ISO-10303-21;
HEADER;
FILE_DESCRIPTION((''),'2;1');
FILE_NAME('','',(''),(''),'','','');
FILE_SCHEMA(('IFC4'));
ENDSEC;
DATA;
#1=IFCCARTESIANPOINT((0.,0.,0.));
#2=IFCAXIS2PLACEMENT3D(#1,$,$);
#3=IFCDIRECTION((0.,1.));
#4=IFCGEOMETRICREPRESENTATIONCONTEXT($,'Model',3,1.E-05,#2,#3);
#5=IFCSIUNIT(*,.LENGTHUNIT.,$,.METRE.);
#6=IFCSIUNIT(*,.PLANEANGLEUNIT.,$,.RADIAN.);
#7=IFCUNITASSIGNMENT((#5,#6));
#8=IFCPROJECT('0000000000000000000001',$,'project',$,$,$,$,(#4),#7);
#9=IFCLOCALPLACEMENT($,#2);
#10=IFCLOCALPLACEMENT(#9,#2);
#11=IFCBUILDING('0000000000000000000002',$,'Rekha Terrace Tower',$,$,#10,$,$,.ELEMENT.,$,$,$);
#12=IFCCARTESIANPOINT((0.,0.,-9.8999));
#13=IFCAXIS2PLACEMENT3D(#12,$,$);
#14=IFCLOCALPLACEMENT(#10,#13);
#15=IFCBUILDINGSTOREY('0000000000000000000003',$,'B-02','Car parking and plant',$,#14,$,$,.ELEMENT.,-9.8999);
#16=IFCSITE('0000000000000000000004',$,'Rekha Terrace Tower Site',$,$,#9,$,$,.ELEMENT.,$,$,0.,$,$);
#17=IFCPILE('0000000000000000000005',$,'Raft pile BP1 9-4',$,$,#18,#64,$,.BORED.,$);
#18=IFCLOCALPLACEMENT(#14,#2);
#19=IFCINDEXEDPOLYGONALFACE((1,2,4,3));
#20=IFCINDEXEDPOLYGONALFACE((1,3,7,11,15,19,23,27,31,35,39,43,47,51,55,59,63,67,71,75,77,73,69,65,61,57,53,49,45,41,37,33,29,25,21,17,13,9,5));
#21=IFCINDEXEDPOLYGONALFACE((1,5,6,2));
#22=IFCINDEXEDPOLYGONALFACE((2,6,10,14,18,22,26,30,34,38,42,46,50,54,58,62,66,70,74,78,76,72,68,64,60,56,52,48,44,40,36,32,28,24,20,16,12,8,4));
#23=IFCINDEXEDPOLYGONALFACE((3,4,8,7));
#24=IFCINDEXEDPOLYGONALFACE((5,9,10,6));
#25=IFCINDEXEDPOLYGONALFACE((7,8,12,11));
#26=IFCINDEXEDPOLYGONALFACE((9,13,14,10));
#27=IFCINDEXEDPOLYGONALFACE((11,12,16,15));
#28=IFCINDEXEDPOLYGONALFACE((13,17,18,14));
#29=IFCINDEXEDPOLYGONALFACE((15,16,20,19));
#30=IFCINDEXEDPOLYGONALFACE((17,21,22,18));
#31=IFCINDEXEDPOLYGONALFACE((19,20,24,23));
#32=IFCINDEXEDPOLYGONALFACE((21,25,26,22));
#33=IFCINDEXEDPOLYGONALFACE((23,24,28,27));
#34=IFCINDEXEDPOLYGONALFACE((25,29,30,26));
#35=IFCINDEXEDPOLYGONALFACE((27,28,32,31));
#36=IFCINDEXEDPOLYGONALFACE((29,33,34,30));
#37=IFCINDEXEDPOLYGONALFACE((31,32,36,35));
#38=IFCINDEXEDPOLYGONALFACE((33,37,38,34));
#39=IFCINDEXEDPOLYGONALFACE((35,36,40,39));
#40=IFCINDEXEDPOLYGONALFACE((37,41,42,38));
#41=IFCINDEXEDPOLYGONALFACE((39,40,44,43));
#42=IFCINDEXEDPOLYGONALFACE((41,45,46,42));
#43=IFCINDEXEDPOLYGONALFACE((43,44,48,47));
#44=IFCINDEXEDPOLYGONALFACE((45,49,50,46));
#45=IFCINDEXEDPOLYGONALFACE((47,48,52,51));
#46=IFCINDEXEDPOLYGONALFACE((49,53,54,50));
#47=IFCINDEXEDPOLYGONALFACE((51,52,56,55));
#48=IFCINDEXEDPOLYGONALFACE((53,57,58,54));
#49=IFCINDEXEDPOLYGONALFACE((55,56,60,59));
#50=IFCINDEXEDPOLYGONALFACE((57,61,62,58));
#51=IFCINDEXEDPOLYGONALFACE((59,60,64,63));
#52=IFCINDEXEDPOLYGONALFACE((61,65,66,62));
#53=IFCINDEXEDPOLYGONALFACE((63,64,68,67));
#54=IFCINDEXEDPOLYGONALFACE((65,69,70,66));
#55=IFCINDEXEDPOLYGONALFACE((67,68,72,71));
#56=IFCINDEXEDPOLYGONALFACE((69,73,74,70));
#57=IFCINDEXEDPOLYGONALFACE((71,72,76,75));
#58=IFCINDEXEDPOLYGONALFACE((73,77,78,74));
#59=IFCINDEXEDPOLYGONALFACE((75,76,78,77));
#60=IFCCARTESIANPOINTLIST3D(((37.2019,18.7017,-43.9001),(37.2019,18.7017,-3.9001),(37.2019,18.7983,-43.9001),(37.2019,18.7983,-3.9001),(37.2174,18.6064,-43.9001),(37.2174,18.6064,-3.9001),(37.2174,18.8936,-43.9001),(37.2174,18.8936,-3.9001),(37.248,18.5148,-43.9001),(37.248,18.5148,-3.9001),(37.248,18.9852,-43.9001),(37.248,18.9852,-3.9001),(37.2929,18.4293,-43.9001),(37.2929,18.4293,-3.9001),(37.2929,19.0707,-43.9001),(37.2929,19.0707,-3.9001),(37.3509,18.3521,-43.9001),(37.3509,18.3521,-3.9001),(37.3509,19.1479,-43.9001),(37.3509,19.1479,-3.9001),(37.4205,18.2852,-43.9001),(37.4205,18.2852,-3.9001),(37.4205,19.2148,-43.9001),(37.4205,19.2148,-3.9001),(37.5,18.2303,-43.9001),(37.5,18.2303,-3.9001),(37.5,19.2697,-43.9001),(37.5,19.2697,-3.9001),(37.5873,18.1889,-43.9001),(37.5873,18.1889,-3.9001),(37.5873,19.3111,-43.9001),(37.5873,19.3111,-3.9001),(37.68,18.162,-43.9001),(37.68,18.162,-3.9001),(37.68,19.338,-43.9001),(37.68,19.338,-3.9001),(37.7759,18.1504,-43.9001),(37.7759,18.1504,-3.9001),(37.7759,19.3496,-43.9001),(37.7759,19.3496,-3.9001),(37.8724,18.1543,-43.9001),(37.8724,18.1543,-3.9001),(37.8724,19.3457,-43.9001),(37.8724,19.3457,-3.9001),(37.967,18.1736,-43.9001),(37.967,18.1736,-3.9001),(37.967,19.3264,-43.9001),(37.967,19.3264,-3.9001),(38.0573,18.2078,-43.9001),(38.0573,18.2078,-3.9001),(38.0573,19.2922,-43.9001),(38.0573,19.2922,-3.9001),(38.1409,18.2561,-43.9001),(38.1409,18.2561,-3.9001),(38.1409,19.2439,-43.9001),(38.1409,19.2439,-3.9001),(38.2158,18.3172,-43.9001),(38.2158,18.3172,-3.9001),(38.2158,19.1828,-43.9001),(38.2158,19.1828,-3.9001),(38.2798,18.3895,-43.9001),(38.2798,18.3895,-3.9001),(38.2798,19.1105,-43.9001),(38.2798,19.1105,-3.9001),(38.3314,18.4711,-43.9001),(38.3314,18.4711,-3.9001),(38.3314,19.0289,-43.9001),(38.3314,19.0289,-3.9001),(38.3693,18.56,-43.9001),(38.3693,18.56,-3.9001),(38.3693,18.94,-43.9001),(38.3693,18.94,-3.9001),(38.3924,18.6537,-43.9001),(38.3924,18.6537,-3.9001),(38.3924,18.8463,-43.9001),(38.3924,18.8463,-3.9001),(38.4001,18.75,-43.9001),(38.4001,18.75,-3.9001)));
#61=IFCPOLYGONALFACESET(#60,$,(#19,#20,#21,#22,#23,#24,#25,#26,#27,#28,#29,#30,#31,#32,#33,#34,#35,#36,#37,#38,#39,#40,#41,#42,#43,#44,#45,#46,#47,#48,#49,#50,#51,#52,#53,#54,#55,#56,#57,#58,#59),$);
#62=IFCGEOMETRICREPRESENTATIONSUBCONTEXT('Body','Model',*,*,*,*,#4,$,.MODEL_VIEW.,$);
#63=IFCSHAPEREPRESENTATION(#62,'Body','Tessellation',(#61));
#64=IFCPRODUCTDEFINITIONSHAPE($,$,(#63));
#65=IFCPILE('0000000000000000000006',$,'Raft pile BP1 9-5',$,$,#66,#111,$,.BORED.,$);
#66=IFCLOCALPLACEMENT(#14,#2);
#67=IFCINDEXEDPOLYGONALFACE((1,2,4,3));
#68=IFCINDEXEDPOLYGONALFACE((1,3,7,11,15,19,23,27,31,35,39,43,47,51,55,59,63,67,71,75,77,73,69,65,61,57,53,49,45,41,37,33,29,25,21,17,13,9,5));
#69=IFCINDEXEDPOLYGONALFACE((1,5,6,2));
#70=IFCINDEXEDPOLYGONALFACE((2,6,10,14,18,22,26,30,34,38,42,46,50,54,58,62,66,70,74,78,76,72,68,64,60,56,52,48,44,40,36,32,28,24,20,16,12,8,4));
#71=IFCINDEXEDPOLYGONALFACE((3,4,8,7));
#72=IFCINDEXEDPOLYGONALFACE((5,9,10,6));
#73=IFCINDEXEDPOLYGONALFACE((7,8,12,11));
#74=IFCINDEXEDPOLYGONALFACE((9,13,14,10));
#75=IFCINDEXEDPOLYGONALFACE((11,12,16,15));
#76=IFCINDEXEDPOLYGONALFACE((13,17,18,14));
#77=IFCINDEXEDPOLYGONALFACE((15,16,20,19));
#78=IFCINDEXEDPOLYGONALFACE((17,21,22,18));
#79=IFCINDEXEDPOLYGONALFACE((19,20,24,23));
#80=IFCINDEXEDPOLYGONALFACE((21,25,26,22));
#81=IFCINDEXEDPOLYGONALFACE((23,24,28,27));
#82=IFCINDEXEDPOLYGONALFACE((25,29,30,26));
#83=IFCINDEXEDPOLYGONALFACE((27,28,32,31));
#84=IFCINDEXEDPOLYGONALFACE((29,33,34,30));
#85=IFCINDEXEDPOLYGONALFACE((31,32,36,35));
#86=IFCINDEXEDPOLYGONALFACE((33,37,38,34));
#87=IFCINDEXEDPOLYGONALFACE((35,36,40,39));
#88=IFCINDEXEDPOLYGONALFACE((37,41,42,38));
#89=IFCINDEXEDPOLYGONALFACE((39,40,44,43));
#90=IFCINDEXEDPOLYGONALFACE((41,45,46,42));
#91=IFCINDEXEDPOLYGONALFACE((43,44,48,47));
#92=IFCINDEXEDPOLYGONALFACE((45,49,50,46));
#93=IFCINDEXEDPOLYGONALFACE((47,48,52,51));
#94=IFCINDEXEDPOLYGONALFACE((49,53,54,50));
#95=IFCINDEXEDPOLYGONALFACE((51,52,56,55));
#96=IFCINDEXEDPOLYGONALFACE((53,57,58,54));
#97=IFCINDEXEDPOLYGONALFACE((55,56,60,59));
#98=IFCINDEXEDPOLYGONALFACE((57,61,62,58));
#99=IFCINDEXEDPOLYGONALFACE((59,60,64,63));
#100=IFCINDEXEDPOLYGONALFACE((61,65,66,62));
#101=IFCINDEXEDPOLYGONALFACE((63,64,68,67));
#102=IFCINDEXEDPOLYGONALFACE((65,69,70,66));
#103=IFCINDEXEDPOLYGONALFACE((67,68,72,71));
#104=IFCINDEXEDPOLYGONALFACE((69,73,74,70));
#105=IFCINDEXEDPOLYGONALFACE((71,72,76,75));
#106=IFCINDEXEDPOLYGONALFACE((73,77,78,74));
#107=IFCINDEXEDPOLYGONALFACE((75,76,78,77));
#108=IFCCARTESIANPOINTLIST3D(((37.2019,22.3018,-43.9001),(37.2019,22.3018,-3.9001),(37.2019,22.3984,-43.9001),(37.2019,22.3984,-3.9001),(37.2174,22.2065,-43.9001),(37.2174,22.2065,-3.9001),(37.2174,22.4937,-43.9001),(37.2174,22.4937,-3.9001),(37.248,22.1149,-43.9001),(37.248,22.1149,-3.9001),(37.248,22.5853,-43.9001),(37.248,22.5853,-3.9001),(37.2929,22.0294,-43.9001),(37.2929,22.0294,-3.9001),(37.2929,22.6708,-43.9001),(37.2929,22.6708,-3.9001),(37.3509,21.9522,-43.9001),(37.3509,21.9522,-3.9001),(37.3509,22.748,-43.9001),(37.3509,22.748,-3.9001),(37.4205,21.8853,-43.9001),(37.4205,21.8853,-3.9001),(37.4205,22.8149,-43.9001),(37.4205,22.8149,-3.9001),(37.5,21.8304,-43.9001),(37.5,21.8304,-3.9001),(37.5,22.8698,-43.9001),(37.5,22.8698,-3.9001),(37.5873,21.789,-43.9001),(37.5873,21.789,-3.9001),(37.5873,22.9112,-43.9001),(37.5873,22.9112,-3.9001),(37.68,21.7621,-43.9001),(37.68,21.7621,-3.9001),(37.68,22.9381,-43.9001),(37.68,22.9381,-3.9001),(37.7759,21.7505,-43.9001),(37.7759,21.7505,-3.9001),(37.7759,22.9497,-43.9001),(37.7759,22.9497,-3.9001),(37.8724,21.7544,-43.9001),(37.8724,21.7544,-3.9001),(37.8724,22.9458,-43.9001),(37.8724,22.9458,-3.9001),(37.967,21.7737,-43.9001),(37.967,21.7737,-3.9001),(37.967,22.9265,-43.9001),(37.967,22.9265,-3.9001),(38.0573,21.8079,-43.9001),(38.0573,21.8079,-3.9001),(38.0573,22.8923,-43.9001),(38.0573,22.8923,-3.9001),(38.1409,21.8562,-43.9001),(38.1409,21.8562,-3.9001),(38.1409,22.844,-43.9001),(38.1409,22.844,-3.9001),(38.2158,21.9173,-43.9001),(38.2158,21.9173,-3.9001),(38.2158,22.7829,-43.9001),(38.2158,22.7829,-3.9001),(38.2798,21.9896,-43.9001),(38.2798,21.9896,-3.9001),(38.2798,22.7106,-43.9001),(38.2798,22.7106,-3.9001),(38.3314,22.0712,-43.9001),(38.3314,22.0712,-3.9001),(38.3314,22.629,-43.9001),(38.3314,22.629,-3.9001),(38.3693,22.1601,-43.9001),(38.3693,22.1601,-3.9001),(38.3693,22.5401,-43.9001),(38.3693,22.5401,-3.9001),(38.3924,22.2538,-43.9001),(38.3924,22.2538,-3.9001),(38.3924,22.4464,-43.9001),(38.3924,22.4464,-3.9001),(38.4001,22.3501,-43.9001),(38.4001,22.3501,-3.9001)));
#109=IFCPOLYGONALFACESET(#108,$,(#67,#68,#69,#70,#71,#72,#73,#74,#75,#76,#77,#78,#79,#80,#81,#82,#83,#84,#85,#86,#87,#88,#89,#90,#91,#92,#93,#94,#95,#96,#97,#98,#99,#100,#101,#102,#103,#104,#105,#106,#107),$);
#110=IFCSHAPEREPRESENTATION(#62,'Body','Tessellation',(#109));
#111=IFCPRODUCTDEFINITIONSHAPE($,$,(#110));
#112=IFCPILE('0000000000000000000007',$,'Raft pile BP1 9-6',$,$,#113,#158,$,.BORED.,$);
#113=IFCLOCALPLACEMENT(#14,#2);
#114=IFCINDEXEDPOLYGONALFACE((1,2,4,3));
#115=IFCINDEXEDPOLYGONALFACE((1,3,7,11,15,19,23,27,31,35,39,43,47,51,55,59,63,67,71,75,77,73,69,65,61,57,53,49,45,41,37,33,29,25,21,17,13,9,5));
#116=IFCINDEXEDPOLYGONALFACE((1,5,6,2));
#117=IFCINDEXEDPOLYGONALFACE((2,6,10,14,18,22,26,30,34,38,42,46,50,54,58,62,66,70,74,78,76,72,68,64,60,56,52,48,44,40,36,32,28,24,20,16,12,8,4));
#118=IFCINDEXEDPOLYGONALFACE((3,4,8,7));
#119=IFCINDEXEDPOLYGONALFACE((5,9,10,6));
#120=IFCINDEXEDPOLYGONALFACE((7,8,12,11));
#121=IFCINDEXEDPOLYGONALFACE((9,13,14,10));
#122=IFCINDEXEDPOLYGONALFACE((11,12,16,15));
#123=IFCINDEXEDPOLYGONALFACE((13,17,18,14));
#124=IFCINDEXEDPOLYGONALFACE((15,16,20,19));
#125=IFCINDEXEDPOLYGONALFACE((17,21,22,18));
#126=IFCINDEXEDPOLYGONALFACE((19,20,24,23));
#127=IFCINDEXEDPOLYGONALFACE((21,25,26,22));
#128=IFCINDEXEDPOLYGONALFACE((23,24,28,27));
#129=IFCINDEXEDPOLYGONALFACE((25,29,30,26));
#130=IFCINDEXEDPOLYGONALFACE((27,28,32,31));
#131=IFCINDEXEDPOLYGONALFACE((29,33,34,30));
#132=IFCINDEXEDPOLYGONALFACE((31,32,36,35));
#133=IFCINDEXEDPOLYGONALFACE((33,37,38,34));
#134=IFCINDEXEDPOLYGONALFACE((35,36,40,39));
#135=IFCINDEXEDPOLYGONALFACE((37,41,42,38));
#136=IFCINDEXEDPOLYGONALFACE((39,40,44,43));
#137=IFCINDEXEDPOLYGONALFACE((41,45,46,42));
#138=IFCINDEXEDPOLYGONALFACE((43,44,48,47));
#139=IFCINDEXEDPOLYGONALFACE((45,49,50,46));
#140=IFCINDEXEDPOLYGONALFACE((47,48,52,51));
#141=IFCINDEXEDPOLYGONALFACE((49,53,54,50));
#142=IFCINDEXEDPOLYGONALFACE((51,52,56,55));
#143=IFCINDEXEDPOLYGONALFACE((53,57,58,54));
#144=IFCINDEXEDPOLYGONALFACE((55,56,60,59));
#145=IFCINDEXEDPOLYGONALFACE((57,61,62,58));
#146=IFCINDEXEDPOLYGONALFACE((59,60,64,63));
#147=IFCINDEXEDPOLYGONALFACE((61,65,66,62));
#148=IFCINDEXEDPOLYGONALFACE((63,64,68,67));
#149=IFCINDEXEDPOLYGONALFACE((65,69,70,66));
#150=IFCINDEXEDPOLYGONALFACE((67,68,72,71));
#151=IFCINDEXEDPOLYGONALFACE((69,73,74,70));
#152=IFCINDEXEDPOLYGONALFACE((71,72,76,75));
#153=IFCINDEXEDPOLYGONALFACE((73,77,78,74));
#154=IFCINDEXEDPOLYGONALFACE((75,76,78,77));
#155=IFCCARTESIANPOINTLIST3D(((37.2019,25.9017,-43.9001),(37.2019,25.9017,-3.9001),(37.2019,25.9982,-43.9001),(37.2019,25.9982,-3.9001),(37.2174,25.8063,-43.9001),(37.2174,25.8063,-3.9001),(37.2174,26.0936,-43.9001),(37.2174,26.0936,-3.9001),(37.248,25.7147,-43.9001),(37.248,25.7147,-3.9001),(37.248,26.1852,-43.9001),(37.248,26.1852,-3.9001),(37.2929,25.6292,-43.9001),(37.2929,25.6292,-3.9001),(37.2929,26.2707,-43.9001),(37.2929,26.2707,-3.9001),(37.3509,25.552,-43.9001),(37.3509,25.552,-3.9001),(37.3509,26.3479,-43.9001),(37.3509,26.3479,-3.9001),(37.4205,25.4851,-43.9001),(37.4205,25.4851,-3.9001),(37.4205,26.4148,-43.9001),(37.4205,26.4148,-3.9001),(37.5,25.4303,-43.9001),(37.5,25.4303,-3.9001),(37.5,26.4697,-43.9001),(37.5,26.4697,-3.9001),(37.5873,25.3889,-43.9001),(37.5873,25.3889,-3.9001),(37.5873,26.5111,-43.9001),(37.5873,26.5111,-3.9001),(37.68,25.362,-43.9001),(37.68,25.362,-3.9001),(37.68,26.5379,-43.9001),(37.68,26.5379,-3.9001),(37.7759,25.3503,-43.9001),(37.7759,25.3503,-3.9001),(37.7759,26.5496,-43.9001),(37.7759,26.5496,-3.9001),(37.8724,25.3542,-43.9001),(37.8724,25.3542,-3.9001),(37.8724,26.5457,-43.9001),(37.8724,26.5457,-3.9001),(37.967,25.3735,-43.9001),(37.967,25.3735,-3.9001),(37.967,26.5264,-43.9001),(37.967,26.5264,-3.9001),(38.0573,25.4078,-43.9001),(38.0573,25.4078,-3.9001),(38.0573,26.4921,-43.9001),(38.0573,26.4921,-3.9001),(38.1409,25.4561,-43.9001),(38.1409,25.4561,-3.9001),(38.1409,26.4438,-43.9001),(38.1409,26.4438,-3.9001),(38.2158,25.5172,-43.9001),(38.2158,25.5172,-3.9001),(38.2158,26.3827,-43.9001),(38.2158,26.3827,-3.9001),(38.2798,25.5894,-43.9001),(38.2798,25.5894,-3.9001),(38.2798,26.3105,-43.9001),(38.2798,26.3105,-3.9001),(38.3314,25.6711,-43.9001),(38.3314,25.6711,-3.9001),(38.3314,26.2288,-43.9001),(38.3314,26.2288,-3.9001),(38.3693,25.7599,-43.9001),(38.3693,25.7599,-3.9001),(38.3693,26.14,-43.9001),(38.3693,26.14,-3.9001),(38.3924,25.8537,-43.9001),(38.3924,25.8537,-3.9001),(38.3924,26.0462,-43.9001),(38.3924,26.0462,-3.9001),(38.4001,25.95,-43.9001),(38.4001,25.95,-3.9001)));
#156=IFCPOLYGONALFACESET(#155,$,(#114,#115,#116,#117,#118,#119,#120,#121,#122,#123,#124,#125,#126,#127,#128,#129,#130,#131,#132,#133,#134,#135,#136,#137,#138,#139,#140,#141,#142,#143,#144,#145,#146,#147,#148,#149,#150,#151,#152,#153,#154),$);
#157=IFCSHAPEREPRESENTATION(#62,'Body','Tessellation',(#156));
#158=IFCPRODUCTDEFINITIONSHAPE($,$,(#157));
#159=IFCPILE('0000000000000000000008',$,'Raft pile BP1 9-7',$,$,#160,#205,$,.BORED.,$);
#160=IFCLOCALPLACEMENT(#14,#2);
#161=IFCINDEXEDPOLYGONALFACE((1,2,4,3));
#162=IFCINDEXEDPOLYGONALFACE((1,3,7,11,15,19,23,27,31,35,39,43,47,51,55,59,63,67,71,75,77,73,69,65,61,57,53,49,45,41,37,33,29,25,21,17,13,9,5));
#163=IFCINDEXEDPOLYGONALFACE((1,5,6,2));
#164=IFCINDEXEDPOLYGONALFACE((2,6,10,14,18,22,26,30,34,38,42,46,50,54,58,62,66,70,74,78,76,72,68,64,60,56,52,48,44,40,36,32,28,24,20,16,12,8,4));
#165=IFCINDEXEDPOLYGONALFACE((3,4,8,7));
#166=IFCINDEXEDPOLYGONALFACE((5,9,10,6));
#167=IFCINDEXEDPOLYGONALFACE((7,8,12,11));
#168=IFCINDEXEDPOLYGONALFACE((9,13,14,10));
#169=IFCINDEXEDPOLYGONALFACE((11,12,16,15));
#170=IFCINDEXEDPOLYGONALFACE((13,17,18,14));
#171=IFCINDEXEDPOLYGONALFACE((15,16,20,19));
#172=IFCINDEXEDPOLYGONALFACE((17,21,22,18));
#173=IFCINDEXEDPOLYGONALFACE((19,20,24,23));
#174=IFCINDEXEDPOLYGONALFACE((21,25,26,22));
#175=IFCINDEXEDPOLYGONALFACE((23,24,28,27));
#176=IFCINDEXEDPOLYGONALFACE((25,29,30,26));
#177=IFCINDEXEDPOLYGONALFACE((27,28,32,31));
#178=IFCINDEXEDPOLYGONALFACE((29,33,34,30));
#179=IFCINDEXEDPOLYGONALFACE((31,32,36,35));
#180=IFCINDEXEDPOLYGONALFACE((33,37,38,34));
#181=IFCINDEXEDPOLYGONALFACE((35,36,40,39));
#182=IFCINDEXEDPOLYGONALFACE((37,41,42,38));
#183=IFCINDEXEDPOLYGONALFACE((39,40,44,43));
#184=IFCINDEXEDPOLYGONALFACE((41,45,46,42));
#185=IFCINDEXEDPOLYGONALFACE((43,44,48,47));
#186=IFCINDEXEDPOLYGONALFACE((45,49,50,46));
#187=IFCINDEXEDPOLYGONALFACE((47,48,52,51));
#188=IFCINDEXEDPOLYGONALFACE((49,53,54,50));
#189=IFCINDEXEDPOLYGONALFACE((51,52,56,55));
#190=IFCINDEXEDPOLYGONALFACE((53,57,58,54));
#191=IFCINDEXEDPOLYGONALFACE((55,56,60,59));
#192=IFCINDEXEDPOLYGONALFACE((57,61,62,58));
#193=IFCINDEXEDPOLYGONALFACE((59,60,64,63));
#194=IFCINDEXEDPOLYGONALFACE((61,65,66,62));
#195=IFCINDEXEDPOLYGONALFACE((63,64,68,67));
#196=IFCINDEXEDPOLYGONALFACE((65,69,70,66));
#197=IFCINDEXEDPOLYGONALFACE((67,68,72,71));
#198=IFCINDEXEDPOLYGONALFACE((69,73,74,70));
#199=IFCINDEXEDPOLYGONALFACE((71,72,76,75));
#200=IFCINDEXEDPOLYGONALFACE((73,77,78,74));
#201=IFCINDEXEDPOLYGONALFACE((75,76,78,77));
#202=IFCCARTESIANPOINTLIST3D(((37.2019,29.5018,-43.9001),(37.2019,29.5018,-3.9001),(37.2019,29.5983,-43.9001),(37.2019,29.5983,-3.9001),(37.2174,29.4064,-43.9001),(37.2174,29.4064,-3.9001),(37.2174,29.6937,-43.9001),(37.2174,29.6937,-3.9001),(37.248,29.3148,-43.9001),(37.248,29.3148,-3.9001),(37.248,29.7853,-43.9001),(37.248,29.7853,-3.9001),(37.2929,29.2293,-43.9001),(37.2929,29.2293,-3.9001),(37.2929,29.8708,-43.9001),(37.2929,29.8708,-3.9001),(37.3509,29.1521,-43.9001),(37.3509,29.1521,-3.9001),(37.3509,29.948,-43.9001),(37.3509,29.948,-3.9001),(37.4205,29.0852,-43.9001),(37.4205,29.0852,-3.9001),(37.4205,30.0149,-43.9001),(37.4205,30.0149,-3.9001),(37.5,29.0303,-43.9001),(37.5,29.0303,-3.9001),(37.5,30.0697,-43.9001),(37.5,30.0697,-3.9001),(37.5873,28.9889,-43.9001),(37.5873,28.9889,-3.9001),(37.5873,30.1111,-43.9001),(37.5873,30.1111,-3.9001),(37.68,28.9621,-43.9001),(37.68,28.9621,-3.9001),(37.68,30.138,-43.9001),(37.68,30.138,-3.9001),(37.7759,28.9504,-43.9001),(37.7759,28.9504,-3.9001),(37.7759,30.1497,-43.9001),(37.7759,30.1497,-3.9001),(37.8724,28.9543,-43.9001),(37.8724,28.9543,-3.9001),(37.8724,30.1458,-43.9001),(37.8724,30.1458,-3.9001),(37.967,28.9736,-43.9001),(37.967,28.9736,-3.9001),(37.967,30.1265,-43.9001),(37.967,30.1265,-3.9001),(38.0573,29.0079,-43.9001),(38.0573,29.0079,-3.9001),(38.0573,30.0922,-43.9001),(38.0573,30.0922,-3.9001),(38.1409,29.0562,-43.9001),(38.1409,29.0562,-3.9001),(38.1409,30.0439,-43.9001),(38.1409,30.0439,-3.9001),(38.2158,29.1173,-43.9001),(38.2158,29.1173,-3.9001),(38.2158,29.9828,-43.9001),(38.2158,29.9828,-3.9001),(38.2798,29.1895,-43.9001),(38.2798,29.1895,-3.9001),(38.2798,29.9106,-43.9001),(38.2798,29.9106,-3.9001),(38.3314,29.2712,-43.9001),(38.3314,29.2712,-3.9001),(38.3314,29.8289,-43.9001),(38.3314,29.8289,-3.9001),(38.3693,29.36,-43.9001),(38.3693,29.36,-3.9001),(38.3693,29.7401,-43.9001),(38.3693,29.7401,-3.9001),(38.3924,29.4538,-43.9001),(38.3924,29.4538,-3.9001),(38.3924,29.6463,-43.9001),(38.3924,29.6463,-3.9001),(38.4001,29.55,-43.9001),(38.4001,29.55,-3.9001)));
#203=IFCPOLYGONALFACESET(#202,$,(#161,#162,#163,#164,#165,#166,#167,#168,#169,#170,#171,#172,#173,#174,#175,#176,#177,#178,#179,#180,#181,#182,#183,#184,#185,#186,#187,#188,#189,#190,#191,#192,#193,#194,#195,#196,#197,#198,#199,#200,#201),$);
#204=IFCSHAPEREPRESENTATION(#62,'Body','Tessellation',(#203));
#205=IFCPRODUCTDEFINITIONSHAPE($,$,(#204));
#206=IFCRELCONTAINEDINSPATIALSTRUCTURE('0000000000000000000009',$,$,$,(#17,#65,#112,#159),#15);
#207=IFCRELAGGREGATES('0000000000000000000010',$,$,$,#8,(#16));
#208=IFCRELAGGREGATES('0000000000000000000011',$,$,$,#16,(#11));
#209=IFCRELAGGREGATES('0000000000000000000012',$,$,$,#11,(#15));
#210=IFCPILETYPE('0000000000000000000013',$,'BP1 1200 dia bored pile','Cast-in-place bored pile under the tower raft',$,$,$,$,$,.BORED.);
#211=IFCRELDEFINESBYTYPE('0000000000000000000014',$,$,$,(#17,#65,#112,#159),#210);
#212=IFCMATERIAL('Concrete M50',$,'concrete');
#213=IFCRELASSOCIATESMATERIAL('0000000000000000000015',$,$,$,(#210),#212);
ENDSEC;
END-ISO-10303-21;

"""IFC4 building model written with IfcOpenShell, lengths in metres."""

from ifc_helpers import new_model, si_unit, direction, frame, origin, origin_2d, place, context, subcontext, project, spatial, circle, extrude, material, type_object, element, save


model = new_model("IFC4")

# Units and contexts
model_context = context("Model", 3, precision=1e-05, world=origin(), true_north=direction((0.0, 1.0)))
body_context = subcontext(model_context, "Body", "Model", "MODEL_VIEW")
ifc_project = project(units=[si_unit("LENGTHUNIT", "METRE"), si_unit("PLANEANGLEUNIT", "RADIAN")], contexts=[model_context])

# Site, building, storey
site_placement = place(None, origin())
site = spatial("IfcSite", under=ifc_project, at=site_placement, Name="Rekha Terrace Tower Site", CompositionType="ELEMENT", RefElevation=0.0)
building_placement = place(site_placement, origin())
building = spatial("IfcBuilding", under=site, at=building_placement, Name="Rekha Terrace Tower", CompositionType="ELEMENT")
storey_placement = place(building_placement, frame((0.0, 0.0, -9.8999)))
storey = spatial("IfcBuildingStorey", under=building, at=storey_placement, Name="B-02", Description="Car parking and plant", CompositionType="ELEMENT", Elevation=-9.8999)

# Piles
ifc_material_1 = material(Name="Concrete M50", Category="concrete")
pile_type = type_object("IfcPileType", Name="BP1 1200 dia bored pile", Description="Cast-in-place bored pile under the tower raft", PredefinedType="BORED", material=ifc_material_1)
for number, where, z_axis, x_axis, name in (
    (1, (37.8, 18.75, -3.9001), (0.0, 0.0, -1.0), (1.0, 0.0, 0.0), "Raft pile BP1 9-4"),
    (2, (37.8, 22.3501, -3.9001), (0.0, 0.0, -1.0), (1.0, 0.0, 0.0), "Raft pile BP1 9-5"),
    (3, (37.8, 25.95, -3.9001), (0.0, 0.0, -1.0), (1.0, 0.0, 0.0), "Raft pile BP1 9-6"),
    (4, (37.8, 29.55, -3.9001), (0.0, 0.0, -1.0), (1.0, 0.0, 0.0), "Raft pile BP1 9-7"),
):
    element("IfcPile", number, at=place(storey_placement, frame(where, z_axis=z_axis, x_axis=x_axis)), inside=storey, type_object=pile_type, Name=name, PredefinedType="BORED", context=body_context, shape_type="SweptSolid", body=[
        extrude(circle(Radius=0.6001, at=origin_2d()), origin(), (0.0, 0.0, 1.0), 40.0),
    ])

save(model, "model.ifc")
